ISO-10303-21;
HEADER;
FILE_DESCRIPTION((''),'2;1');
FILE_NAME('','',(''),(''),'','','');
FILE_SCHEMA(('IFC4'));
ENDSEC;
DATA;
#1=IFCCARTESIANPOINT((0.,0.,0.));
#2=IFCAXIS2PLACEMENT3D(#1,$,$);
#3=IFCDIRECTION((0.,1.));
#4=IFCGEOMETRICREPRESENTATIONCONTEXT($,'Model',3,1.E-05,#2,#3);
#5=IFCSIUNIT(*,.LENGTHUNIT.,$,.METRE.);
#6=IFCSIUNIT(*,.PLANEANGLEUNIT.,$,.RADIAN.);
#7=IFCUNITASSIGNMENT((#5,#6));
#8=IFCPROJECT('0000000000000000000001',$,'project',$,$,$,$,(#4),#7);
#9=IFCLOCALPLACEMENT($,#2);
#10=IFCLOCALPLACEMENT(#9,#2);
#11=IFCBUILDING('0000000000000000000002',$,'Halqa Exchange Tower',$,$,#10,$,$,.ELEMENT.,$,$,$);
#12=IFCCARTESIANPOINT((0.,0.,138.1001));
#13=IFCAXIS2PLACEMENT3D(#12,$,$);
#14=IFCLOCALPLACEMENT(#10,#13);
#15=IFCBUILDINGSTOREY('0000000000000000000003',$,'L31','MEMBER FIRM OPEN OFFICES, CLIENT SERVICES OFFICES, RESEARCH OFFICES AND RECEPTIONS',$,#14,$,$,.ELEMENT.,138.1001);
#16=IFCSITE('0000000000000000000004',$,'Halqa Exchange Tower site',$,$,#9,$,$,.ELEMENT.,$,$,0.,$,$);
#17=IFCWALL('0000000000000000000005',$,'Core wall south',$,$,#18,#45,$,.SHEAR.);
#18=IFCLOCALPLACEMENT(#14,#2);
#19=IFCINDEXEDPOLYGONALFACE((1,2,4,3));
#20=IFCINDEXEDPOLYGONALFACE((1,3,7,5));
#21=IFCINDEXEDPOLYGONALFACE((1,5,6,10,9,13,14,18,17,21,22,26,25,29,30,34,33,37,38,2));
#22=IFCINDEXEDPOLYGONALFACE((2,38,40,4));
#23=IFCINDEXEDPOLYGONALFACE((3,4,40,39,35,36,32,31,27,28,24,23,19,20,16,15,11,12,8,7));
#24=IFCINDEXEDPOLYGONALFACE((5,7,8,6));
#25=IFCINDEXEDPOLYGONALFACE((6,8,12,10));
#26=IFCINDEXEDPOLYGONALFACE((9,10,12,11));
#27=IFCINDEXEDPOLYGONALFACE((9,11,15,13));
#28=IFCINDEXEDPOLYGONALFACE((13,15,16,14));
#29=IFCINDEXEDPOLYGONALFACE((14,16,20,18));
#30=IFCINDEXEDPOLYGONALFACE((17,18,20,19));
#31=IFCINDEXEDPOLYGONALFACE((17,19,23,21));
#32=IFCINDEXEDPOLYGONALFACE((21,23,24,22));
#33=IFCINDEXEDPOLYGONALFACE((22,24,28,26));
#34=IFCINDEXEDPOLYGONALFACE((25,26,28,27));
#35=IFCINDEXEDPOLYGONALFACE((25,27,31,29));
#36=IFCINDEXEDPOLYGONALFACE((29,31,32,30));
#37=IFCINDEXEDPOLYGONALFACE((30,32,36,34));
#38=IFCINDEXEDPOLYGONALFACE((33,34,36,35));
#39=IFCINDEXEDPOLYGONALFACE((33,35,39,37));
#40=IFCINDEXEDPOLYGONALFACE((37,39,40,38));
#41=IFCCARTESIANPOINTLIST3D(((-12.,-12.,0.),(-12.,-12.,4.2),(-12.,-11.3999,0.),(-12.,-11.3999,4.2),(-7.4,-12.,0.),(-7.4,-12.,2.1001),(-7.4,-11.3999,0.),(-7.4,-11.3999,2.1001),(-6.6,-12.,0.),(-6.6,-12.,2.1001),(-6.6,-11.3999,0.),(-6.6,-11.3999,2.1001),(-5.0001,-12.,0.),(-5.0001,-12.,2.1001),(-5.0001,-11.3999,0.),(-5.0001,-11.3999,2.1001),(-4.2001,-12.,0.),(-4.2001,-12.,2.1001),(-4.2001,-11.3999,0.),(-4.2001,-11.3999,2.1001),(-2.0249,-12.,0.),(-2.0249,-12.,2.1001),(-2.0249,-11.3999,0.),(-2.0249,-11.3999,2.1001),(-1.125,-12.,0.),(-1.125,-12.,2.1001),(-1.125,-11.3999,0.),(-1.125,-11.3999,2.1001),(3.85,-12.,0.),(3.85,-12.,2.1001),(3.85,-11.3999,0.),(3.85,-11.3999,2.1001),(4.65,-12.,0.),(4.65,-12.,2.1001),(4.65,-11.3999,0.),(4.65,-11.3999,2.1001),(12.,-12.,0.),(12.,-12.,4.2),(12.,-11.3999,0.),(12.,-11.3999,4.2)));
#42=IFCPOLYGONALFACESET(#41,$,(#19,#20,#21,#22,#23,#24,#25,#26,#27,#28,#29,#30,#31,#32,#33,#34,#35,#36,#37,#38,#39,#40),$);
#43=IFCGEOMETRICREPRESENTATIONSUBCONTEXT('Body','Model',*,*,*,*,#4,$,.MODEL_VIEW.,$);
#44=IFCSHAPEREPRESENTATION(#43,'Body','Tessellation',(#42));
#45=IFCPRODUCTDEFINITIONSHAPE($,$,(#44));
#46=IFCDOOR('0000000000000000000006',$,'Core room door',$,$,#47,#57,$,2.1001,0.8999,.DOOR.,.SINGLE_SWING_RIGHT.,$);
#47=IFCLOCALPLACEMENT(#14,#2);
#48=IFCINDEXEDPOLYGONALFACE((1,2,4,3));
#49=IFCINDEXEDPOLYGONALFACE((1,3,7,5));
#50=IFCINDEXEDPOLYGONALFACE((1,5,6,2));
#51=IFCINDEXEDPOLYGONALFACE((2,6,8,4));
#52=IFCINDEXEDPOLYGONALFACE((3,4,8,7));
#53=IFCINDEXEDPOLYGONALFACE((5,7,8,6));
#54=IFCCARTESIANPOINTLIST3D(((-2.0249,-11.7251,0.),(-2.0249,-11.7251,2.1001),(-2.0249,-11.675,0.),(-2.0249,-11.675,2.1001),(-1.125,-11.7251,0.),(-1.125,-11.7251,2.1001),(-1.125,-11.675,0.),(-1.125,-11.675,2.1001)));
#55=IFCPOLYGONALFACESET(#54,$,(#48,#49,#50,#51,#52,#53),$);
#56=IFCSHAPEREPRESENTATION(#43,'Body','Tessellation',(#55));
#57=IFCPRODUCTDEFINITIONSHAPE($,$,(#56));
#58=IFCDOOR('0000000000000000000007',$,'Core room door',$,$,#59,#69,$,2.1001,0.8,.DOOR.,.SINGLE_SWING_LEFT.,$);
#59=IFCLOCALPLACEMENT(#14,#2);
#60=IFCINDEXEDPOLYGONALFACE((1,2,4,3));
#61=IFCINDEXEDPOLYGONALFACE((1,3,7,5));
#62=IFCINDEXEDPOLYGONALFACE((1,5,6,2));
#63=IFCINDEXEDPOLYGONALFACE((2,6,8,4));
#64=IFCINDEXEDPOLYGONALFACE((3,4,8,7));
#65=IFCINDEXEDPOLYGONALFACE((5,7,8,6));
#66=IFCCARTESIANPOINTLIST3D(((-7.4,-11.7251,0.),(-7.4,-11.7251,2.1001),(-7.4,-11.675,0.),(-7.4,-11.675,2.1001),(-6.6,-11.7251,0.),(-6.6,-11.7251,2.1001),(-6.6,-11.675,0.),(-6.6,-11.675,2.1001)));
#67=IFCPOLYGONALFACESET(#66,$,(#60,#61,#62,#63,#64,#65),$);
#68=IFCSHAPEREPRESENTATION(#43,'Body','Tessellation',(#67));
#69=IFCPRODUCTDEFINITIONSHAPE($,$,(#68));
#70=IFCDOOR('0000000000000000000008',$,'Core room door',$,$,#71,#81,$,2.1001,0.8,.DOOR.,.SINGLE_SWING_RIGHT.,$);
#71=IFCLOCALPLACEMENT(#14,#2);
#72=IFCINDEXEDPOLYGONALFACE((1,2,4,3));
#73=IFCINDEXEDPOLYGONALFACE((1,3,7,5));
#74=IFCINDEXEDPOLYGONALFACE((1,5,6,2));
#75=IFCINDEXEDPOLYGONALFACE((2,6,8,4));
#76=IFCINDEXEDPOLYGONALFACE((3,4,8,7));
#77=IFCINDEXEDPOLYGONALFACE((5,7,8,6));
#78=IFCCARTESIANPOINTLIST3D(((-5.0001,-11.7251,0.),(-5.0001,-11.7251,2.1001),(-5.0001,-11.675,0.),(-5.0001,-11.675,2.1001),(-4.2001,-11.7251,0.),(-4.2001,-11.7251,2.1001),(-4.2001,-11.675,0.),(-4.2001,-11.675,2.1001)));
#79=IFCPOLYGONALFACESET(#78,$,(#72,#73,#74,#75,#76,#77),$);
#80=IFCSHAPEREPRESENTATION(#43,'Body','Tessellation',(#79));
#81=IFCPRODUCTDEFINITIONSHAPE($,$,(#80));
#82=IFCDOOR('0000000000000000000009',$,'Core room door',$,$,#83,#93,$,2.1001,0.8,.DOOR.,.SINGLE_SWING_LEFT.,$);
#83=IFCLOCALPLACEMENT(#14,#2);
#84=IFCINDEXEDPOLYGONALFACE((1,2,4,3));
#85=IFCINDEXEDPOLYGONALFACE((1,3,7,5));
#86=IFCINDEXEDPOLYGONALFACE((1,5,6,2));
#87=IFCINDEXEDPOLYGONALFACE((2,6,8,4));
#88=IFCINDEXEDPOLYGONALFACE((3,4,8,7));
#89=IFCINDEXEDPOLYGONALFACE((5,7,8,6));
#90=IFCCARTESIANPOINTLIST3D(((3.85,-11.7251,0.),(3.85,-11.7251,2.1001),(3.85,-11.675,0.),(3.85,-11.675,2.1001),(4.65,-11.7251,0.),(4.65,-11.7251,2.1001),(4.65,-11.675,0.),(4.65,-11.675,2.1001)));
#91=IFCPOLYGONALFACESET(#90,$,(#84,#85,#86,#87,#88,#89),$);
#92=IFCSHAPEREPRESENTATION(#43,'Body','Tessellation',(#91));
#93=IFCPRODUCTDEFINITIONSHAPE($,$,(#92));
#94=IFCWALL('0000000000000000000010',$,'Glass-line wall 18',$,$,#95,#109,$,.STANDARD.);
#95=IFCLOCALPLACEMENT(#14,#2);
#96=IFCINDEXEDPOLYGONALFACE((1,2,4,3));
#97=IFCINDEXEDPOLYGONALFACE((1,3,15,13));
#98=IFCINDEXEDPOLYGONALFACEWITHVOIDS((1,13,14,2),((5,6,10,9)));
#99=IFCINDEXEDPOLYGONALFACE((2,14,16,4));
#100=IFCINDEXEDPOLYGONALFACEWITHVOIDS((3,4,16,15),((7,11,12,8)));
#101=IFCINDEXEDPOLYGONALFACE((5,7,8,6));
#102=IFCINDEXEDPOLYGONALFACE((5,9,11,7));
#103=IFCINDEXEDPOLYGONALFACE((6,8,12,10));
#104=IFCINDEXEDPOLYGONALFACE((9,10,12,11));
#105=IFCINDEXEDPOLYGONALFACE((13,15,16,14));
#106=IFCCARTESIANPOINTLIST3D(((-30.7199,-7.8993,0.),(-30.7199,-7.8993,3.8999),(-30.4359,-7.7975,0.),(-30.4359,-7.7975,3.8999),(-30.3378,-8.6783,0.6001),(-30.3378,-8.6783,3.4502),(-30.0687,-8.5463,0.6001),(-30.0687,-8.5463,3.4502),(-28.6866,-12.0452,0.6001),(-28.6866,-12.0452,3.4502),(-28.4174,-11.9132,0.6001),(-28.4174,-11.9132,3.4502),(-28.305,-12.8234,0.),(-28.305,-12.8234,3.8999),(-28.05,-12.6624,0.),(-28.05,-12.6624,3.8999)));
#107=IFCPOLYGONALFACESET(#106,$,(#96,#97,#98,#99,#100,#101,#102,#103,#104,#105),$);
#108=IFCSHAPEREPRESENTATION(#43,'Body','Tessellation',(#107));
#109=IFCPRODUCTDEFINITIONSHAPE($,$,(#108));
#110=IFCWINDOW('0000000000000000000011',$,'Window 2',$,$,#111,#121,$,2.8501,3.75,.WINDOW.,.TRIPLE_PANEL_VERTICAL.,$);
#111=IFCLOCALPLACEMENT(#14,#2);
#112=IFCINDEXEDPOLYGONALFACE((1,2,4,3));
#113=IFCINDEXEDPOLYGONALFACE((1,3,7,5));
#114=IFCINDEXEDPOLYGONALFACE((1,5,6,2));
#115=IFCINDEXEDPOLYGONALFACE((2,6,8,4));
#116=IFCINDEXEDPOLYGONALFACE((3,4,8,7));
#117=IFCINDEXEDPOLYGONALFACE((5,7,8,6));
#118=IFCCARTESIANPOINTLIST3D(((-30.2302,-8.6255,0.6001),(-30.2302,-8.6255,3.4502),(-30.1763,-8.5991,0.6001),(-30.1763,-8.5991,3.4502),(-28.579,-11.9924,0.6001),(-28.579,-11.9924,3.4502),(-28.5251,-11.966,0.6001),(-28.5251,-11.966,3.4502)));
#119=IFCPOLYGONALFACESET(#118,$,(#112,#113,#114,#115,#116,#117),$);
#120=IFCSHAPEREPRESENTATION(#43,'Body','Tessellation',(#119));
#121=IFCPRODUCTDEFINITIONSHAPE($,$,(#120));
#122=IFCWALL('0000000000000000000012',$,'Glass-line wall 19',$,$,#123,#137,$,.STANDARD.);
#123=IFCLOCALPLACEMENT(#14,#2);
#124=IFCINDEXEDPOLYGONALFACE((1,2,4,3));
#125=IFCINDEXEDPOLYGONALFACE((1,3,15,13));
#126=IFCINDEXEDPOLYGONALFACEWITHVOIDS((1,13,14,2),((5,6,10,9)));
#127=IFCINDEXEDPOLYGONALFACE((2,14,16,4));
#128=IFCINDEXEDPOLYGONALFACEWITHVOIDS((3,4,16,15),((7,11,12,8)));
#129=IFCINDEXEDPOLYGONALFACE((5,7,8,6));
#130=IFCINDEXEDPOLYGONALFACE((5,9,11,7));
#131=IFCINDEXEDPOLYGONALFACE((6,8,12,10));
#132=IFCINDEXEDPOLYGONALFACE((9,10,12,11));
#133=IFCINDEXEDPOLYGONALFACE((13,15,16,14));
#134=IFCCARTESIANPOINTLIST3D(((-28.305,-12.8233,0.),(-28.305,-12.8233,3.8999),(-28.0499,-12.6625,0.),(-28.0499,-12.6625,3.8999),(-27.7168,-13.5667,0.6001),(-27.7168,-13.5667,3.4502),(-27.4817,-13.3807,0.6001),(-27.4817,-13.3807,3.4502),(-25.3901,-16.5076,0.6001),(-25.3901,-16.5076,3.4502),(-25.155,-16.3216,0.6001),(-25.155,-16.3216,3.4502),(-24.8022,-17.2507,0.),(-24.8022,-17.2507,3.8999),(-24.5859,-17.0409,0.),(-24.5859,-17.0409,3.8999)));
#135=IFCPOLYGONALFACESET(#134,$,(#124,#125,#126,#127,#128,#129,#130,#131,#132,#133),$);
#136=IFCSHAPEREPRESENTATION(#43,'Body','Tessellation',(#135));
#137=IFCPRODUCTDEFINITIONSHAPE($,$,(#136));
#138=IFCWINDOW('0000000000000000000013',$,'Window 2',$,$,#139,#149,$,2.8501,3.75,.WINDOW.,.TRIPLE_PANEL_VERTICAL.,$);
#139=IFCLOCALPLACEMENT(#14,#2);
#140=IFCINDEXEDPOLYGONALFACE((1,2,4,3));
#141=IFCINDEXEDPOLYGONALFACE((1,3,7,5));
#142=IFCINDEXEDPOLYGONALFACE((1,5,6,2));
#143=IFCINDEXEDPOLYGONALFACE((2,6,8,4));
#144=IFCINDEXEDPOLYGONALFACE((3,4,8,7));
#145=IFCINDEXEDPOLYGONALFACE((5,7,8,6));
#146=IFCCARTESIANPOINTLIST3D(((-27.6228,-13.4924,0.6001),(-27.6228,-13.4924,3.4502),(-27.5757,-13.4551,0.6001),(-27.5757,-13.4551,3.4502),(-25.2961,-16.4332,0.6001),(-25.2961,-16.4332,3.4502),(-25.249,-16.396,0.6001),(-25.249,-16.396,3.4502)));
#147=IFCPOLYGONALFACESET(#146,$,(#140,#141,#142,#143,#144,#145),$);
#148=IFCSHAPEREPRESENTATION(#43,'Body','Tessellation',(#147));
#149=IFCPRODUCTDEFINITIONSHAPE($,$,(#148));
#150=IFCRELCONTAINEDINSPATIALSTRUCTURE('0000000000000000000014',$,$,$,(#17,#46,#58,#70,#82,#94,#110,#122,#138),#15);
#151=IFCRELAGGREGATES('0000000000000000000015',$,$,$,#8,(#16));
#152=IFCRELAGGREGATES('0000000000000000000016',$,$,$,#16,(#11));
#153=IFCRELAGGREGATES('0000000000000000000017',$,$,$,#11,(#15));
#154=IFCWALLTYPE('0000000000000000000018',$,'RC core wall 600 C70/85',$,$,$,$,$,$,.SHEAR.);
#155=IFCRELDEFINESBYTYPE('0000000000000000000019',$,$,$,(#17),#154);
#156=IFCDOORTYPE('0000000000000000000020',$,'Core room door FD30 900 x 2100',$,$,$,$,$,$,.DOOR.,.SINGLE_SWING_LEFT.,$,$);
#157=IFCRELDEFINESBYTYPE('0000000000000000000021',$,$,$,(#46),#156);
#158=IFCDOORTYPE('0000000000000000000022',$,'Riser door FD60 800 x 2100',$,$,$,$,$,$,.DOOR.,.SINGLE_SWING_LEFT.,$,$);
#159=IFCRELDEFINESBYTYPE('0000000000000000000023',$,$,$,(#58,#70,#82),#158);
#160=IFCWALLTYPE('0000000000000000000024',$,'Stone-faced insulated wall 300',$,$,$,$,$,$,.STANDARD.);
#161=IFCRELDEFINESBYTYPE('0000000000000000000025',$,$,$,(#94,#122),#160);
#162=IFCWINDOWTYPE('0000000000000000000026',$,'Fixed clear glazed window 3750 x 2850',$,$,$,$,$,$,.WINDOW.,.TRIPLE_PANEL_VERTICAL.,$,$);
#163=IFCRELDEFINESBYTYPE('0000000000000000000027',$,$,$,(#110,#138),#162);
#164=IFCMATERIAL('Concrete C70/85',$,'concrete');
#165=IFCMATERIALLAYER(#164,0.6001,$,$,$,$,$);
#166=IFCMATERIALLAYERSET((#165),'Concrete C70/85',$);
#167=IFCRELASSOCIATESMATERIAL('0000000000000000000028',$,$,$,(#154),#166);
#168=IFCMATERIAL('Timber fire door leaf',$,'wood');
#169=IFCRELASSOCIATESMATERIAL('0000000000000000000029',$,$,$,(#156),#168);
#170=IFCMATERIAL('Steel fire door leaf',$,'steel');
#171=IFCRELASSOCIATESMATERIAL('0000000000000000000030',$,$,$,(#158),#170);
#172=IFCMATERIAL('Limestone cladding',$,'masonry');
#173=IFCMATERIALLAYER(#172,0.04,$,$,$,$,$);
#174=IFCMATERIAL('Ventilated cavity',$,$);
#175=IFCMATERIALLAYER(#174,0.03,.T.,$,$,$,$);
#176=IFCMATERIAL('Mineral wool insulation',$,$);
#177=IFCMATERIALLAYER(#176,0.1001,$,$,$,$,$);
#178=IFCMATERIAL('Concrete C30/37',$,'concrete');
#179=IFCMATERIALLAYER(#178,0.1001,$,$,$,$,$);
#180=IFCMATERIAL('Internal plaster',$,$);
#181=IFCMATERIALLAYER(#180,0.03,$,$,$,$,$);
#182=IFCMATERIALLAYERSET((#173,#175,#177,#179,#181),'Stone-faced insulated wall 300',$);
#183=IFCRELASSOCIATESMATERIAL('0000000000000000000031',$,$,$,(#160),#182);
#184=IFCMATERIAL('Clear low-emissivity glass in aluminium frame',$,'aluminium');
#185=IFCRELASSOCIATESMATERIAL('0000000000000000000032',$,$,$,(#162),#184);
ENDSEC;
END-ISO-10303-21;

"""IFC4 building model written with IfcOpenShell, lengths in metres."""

from ifc_helpers import new_model, si_unit, direction, frame, frame_2d, origin, place, context, subcontext, project, spatial, polyline, rectangle, outline, extrude, material, layer, layer_set, type_object, element, fill, save


model = new_model("IFC4")

# Units and contexts
model_context = context("Model", 3, precision=1e-05, world=origin(), true_north=direction((0.0, 1.0)))
body_context = subcontext(model_context, "Body", "Model", "MODEL_VIEW")
ifc_project = project(units=[si_unit("LENGTHUNIT", "METRE"), si_unit("PLANEANGLEUNIT", "RADIAN")], contexts=[model_context])

# Site, building, storey
site_placement = place(None, origin())
site = spatial("IfcSite", under=ifc_project, at=site_placement, Name="Halqa Exchange Tower site", CompositionType="ELEMENT", RefElevation=0.0)
building_placement = place(site_placement, origin())
building = spatial("IfcBuilding", under=site, at=building_placement, Name="Halqa Exchange Tower", CompositionType="ELEMENT")
storey_placement = place(building_placement, frame((0.0, 0.0, 138.1001)))
storey = spatial("IfcBuildingStorey", under=building, at=storey_placement, Name="L31", Description="MEMBER FIRM OPEN OFFICES, CLIENT SERVICES OFFICES, RESEARCH OFFICES AND RECEPTIONS", CompositionType="ELEMENT", Elevation=138.1001)

# Shared definitions
ifc_material_1 = material(Name="Concrete C70/85", Category="concrete")

# Shared definitions
ifc_material_2 = material(Name="Steel fire door leaf", Category="steel")

# Wall, openings, doors
ifc_layer_1 = layer(ifc_material_1, 0.6001)
ifc_layer_set_1 = layer_set([ifc_layer_1], Name="Concrete C70/85")
wall_type_1 = type_object("IfcWallType", Name="RC core wall 600 C70/85", PredefinedType="SHEAR", material=ifc_layer_set_1)
wall_1_placement = place(storey_placement, frame((-12.0, -11.7, 0.0), z_axis=(0.0, 0.0, 1.0), x_axis=(1.0, 0.0, 0.0)))
wall_1 = element("IfcWall", 1, at=wall_1_placement, inside=storey, type_object=wall_type_1, Name="Core wall south", PredefinedType="SHEAR", context=body_context, shape_type="SweptSolid", body=[
    extrude(rectangle(XDim=24.0, YDim=0.6001, at=frame_2d((12.0, 0.0))), origin(), (0.0, 0.0, 1.0), 4.2),
])
opening_1_placement = place(wall_1_placement, frame((9.9751, 0.0, 0.0)))
opening_1 = element("IfcOpeningElement", 2, at=opening_1_placement, cuts=wall_1, PredefinedType="OPENING", context=body_context, shape_type="SweptSolid", body=[
    extrude(rectangle(XDim=0.8999, YDim=2.1001, at=frame_2d((0.45, 1.05))), frame((0.0, 0.312, 0.0), z_axis=(0.0, -1.0, 0.0), x_axis=(1.0, 0.0, 0.0)), (0.0, 0.0, 1.0), 0.624),
])
opening_2_placement = place(wall_1_placement, frame((4.6001, 0.0, 0.0)))
opening_2 = element("IfcOpeningElement", 3, at=opening_2_placement, cuts=wall_1, PredefinedType="OPENING", context=body_context, shape_type="SweptSolid", body=[
    extrude(rectangle(XDim=0.8, YDim=2.1001, at=frame_2d((0.3999, 1.05))), frame((0.0, 0.312, 0.0), z_axis=(0.0, -1.0, 0.0), x_axis=(1.0, 0.0, 0.0)), (0.0, 0.0, 1.0), 0.624),
])
opening_3_placement = place(wall_1_placement, frame((7.0, 0.0, 0.0)))
opening_3 = element("IfcOpeningElement", 4, at=opening_3_placement, cuts=wall_1, PredefinedType="OPENING", context=body_context, shape_type="SweptSolid", body=[
    extrude(rectangle(XDim=0.8, YDim=2.1001, at=frame_2d((0.3999, 1.05))), frame((0.0, 0.312, 0.0), z_axis=(0.0, -1.0, 0.0), x_axis=(1.0, 0.0, 0.0)), (0.0, 0.0, 1.0), 0.624),
])
opening_4_placement = place(wall_1_placement, frame((15.8501, 0.0, 0.0)))
opening_4 = element("IfcOpeningElement", 5, at=opening_4_placement, cuts=wall_1, PredefinedType="OPENING", context=body_context, shape_type="SweptSolid", body=[
    extrude(rectangle(XDim=0.8, YDim=2.1001, at=frame_2d((0.3999, 1.05))), frame((0.0, 0.312, 0.0), z_axis=(0.0, -1.0, 0.0), x_axis=(1.0, 0.0, 0.0)), (0.0, 0.0, 1.0), 0.624),
])
ifc_material_3 = material(Name="Timber fire door leaf", Category="wood")
door_type_1 = type_object("IfcDoorType", Name="Core room door FD30 900 x 2100", OperationType="SINGLE_SWING_LEFT", PredefinedType="DOOR", material=ifc_material_3)
door_1_placement = place(opening_1_placement, origin())
door_1 = element("IfcDoor", 6, at=door_1_placement, inside=storey, type_object=door_type_1, Name="Core room door", OperationType="SINGLE_SWING_RIGHT", OverallHeight=2.1001, OverallWidth=0.8999, PredefinedType="DOOR", context=body_context, shape_type="SweptSolid", body=[
    extrude(rectangle(XDim=0.8999, YDim=2.1001, at=frame_2d((0.45, 1.05))), frame((0.0, 0.0249, 0.0), z_axis=(0.0, -1.0, 0.0), x_axis=(1.0, 0.0, 0.0)), (0.0, 0.0, 1.0), 0.05),
])
fill(opening_1, door_1)
door_type_2 = type_object("IfcDoorType", Name="Riser door FD60 800 x 2100", OperationType="SINGLE_SWING_LEFT", PredefinedType="DOOR", material=ifc_material_2)
door_2_placement = place(opening_2_placement, origin())
door_2 = element("IfcDoor", 7, at=door_2_placement, inside=storey, type_object=door_type_2, Name="Core room door", OperationType="SINGLE_SWING_LEFT", OverallHeight=2.1001, OverallWidth=0.8, PredefinedType="DOOR", context=body_context, shape_type="SweptSolid", body=[
    extrude(rectangle(XDim=0.8, YDim=2.1001, at=frame_2d((0.3999, 1.05))), frame((0.0, 0.0249, 0.0), z_axis=(0.0, -1.0, 0.0), x_axis=(1.0, 0.0, 0.0)), (0.0, 0.0, 1.0), 0.05),
])
fill(opening_2, door_2)
door_3_placement = place(opening_3_placement, origin())
door_3 = element("IfcDoor", 8, at=door_3_placement, inside=storey, type_object=door_type_2, Name="Core room door", OperationType="SINGLE_SWING_RIGHT", OverallHeight=2.1001, OverallWidth=0.8, PredefinedType="DOOR", context=body_context, shape_type="SweptSolid", body=[
    extrude(rectangle(XDim=0.8, YDim=2.1001, at=frame_2d((0.3999, 1.05))), frame((0.0, 0.0249, 0.0), z_axis=(0.0, -1.0, 0.0), x_axis=(1.0, 0.0, 0.0)), (0.0, 0.0, 1.0), 0.05),
])
fill(opening_3, door_3)
door_4_placement = place(opening_4_placement, origin())
door_4 = element("IfcDoor", 9, at=door_4_placement, inside=storey, type_object=door_type_2, Name="Core room door", OperationType="SINGLE_SWING_LEFT", OverallHeight=2.1001, OverallWidth=0.8, PredefinedType="DOOR", context=body_context, shape_type="SweptSolid", body=[
    extrude(rectangle(XDim=0.8, YDim=2.1001, at=frame_2d((0.3999, 1.05))), frame((0.0, 0.0249, 0.0), z_axis=(0.0, -1.0, 0.0), x_axis=(1.0, 0.0, 0.0)), (0.0, 0.0, 1.0), 0.05),
])
fill(opening_4, door_4)

# Walls, openings, windows
ifc_material_4 = material(Name="Limestone cladding", Category="masonry")
ifc_layer_2 = layer(ifc_material_4, 0.04)
ifc_material_5 = material(Name="Ventilated cavity")
ifc_layer_3 = layer(ifc_material_5, 0.03, ventilated=True)
ifc_material_6 = material(Name="Mineral wool insulation")
ifc_layer_4 = layer(ifc_material_6, 0.1001)
ifc_material_7 = material(Name="Concrete C30/37", Category="concrete")
ifc_layer_5 = layer(ifc_material_7, 0.1001)
ifc_material_8 = material(Name="Internal plaster")
ifc_layer_6 = layer(ifc_material_8, 0.03)
ifc_layer_set_2 = layer_set([ifc_layer_2, ifc_layer_3, ifc_layer_4, ifc_layer_5, ifc_layer_6], Name="Stone-faced insulated wall 300")
wall_type_2 = type_object("IfcWallType", Name="Stone-faced insulated wall 300", PredefinedType="STANDARD", material=ifc_layer_set_2)
wall_2_placement = place(storey_placement, frame((-30.5779, -7.8484, 0.0), z_axis=(0.0, 0.0, 1.0), x_axis=(0.440321, -0.89784, 0.0)))
wall_2 = element("IfcWall", 10, at=wall_2_placement, inside=storey, type_object=wall_type_2, Name="Glass-line wall 18", PredefinedType="STANDARD", context=body_context, shape_type="SweptSolid", body=[
    extrude(outline(polyline([(-0.0168, -0.1499), (5.4675, -0.1499), (5.4353, 0.1499), (0.0168, 0.1499), (-0.0168, -0.1499)])), origin(), (0.0, 0.0, 1.0), 3.8999),
])
opening_5_placement = place(wall_2_placement, frame((0.8508, 0.0, 0.6001)))
opening_5 = element("IfcOpeningElement", 11, at=opening_5_placement, cuts=wall_2, PredefinedType="OPENING", context=body_context, shape_type="SweptSolid", body=[
    extrude(rectangle(XDim=3.75, YDim=2.8501, at=frame_2d((1.875, 1.425))), frame((0.0, 0.1621, 0.0), z_axis=(0.0, -1.0, 0.0), x_axis=(1.0, 0.0, 0.0)), (0.0, 0.0, 1.0), 0.324),
])
ifc_material_9 = material(Name="Clear low-emissivity glass in aluminium frame", Category="aluminium")
window_type = type_object("IfcWindowType", Name="Fixed clear glazed window 3750 x 2850", PartitioningType="TRIPLE_PANEL_VERTICAL", PredefinedType="WINDOW", material=ifc_material_9)
window_1_placement = place(opening_5_placement, origin())
window_1 = element("IfcWindow", 12, at=window_1_placement, inside=storey, type_object=window_type, Name="Window 2", OverallHeight=2.8501, OverallWidth=3.75, PartitioningType="TRIPLE_PANEL_VERTICAL", PredefinedType="WINDOW", context=body_context, shape_type="SweptSolid", body=[
    extrude(rectangle(XDim=3.75, YDim=2.8501, at=frame_2d((1.875, 1.425))), frame((0.0, 0.03, 0.0), z_axis=(0.0, -1.0, 0.0), x_axis=(1.0, 0.0, 0.0)), (0.0, 0.0, 1.0), 0.0601),
])
fill(opening_5, window_1)
wall_3_placement = place(storey_placement, frame((-28.1775, -12.7429, 0.0), z_axis=(0.0, 0.0, 1.0), x_axis=(0.620465, -0.784234, 0.0)))
wall_3 = element("IfcWall", 13, at=wall_3_placement, inside=storey, type_object=wall_type_2, Name="Glass-line wall 19", PredefinedType="STANDARD", context=body_context, shape_type="SweptSolid", body=[
    extrude(outline(polyline([(-0.0161, -0.1499), (5.6294, -0.1499), (5.5991, 0.1499), (0.0161, 0.1499), (-0.0161, -0.1499)])), origin(), (0.0, 0.0, 1.0), 3.8999),
])
opening_6_placement = place(wall_3_placement, frame((0.9319, 0.0, 0.6001)))
opening_6 = element("IfcOpeningElement", 14, at=opening_6_placement, cuts=wall_3, PredefinedType="OPENING", context=body_context, shape_type="SweptSolid", body=[
    extrude(rectangle(XDim=3.75, YDim=2.8501, at=frame_2d((1.875, 1.425))), frame((0.0, 0.1621, 0.0), z_axis=(0.0, -1.0, 0.0), x_axis=(1.0, 0.0, 0.0)), (0.0, 0.0, 1.0), 0.324),
])
window_2_placement = place(opening_6_placement, origin())
window_2 = element("IfcWindow", 15, at=window_2_placement, inside=storey, type_object=window_type, Name="Window 2", OverallHeight=2.8501, OverallWidth=3.75, PartitioningType="TRIPLE_PANEL_VERTICAL", PredefinedType="WINDOW", context=body_context, shape_type="SweptSolid", body=[
    extrude(rectangle(XDim=3.75, YDim=2.8501, at=frame_2d((1.875, 1.425))), frame((0.0, 0.03, 0.0), z_axis=(0.0, -1.0, 0.0), x_axis=(1.0, 0.0, 0.0)), (0.0, 0.0, 1.0), 0.0601),
])
fill(opening_6, window_2)

save(model, "model.ifc")
